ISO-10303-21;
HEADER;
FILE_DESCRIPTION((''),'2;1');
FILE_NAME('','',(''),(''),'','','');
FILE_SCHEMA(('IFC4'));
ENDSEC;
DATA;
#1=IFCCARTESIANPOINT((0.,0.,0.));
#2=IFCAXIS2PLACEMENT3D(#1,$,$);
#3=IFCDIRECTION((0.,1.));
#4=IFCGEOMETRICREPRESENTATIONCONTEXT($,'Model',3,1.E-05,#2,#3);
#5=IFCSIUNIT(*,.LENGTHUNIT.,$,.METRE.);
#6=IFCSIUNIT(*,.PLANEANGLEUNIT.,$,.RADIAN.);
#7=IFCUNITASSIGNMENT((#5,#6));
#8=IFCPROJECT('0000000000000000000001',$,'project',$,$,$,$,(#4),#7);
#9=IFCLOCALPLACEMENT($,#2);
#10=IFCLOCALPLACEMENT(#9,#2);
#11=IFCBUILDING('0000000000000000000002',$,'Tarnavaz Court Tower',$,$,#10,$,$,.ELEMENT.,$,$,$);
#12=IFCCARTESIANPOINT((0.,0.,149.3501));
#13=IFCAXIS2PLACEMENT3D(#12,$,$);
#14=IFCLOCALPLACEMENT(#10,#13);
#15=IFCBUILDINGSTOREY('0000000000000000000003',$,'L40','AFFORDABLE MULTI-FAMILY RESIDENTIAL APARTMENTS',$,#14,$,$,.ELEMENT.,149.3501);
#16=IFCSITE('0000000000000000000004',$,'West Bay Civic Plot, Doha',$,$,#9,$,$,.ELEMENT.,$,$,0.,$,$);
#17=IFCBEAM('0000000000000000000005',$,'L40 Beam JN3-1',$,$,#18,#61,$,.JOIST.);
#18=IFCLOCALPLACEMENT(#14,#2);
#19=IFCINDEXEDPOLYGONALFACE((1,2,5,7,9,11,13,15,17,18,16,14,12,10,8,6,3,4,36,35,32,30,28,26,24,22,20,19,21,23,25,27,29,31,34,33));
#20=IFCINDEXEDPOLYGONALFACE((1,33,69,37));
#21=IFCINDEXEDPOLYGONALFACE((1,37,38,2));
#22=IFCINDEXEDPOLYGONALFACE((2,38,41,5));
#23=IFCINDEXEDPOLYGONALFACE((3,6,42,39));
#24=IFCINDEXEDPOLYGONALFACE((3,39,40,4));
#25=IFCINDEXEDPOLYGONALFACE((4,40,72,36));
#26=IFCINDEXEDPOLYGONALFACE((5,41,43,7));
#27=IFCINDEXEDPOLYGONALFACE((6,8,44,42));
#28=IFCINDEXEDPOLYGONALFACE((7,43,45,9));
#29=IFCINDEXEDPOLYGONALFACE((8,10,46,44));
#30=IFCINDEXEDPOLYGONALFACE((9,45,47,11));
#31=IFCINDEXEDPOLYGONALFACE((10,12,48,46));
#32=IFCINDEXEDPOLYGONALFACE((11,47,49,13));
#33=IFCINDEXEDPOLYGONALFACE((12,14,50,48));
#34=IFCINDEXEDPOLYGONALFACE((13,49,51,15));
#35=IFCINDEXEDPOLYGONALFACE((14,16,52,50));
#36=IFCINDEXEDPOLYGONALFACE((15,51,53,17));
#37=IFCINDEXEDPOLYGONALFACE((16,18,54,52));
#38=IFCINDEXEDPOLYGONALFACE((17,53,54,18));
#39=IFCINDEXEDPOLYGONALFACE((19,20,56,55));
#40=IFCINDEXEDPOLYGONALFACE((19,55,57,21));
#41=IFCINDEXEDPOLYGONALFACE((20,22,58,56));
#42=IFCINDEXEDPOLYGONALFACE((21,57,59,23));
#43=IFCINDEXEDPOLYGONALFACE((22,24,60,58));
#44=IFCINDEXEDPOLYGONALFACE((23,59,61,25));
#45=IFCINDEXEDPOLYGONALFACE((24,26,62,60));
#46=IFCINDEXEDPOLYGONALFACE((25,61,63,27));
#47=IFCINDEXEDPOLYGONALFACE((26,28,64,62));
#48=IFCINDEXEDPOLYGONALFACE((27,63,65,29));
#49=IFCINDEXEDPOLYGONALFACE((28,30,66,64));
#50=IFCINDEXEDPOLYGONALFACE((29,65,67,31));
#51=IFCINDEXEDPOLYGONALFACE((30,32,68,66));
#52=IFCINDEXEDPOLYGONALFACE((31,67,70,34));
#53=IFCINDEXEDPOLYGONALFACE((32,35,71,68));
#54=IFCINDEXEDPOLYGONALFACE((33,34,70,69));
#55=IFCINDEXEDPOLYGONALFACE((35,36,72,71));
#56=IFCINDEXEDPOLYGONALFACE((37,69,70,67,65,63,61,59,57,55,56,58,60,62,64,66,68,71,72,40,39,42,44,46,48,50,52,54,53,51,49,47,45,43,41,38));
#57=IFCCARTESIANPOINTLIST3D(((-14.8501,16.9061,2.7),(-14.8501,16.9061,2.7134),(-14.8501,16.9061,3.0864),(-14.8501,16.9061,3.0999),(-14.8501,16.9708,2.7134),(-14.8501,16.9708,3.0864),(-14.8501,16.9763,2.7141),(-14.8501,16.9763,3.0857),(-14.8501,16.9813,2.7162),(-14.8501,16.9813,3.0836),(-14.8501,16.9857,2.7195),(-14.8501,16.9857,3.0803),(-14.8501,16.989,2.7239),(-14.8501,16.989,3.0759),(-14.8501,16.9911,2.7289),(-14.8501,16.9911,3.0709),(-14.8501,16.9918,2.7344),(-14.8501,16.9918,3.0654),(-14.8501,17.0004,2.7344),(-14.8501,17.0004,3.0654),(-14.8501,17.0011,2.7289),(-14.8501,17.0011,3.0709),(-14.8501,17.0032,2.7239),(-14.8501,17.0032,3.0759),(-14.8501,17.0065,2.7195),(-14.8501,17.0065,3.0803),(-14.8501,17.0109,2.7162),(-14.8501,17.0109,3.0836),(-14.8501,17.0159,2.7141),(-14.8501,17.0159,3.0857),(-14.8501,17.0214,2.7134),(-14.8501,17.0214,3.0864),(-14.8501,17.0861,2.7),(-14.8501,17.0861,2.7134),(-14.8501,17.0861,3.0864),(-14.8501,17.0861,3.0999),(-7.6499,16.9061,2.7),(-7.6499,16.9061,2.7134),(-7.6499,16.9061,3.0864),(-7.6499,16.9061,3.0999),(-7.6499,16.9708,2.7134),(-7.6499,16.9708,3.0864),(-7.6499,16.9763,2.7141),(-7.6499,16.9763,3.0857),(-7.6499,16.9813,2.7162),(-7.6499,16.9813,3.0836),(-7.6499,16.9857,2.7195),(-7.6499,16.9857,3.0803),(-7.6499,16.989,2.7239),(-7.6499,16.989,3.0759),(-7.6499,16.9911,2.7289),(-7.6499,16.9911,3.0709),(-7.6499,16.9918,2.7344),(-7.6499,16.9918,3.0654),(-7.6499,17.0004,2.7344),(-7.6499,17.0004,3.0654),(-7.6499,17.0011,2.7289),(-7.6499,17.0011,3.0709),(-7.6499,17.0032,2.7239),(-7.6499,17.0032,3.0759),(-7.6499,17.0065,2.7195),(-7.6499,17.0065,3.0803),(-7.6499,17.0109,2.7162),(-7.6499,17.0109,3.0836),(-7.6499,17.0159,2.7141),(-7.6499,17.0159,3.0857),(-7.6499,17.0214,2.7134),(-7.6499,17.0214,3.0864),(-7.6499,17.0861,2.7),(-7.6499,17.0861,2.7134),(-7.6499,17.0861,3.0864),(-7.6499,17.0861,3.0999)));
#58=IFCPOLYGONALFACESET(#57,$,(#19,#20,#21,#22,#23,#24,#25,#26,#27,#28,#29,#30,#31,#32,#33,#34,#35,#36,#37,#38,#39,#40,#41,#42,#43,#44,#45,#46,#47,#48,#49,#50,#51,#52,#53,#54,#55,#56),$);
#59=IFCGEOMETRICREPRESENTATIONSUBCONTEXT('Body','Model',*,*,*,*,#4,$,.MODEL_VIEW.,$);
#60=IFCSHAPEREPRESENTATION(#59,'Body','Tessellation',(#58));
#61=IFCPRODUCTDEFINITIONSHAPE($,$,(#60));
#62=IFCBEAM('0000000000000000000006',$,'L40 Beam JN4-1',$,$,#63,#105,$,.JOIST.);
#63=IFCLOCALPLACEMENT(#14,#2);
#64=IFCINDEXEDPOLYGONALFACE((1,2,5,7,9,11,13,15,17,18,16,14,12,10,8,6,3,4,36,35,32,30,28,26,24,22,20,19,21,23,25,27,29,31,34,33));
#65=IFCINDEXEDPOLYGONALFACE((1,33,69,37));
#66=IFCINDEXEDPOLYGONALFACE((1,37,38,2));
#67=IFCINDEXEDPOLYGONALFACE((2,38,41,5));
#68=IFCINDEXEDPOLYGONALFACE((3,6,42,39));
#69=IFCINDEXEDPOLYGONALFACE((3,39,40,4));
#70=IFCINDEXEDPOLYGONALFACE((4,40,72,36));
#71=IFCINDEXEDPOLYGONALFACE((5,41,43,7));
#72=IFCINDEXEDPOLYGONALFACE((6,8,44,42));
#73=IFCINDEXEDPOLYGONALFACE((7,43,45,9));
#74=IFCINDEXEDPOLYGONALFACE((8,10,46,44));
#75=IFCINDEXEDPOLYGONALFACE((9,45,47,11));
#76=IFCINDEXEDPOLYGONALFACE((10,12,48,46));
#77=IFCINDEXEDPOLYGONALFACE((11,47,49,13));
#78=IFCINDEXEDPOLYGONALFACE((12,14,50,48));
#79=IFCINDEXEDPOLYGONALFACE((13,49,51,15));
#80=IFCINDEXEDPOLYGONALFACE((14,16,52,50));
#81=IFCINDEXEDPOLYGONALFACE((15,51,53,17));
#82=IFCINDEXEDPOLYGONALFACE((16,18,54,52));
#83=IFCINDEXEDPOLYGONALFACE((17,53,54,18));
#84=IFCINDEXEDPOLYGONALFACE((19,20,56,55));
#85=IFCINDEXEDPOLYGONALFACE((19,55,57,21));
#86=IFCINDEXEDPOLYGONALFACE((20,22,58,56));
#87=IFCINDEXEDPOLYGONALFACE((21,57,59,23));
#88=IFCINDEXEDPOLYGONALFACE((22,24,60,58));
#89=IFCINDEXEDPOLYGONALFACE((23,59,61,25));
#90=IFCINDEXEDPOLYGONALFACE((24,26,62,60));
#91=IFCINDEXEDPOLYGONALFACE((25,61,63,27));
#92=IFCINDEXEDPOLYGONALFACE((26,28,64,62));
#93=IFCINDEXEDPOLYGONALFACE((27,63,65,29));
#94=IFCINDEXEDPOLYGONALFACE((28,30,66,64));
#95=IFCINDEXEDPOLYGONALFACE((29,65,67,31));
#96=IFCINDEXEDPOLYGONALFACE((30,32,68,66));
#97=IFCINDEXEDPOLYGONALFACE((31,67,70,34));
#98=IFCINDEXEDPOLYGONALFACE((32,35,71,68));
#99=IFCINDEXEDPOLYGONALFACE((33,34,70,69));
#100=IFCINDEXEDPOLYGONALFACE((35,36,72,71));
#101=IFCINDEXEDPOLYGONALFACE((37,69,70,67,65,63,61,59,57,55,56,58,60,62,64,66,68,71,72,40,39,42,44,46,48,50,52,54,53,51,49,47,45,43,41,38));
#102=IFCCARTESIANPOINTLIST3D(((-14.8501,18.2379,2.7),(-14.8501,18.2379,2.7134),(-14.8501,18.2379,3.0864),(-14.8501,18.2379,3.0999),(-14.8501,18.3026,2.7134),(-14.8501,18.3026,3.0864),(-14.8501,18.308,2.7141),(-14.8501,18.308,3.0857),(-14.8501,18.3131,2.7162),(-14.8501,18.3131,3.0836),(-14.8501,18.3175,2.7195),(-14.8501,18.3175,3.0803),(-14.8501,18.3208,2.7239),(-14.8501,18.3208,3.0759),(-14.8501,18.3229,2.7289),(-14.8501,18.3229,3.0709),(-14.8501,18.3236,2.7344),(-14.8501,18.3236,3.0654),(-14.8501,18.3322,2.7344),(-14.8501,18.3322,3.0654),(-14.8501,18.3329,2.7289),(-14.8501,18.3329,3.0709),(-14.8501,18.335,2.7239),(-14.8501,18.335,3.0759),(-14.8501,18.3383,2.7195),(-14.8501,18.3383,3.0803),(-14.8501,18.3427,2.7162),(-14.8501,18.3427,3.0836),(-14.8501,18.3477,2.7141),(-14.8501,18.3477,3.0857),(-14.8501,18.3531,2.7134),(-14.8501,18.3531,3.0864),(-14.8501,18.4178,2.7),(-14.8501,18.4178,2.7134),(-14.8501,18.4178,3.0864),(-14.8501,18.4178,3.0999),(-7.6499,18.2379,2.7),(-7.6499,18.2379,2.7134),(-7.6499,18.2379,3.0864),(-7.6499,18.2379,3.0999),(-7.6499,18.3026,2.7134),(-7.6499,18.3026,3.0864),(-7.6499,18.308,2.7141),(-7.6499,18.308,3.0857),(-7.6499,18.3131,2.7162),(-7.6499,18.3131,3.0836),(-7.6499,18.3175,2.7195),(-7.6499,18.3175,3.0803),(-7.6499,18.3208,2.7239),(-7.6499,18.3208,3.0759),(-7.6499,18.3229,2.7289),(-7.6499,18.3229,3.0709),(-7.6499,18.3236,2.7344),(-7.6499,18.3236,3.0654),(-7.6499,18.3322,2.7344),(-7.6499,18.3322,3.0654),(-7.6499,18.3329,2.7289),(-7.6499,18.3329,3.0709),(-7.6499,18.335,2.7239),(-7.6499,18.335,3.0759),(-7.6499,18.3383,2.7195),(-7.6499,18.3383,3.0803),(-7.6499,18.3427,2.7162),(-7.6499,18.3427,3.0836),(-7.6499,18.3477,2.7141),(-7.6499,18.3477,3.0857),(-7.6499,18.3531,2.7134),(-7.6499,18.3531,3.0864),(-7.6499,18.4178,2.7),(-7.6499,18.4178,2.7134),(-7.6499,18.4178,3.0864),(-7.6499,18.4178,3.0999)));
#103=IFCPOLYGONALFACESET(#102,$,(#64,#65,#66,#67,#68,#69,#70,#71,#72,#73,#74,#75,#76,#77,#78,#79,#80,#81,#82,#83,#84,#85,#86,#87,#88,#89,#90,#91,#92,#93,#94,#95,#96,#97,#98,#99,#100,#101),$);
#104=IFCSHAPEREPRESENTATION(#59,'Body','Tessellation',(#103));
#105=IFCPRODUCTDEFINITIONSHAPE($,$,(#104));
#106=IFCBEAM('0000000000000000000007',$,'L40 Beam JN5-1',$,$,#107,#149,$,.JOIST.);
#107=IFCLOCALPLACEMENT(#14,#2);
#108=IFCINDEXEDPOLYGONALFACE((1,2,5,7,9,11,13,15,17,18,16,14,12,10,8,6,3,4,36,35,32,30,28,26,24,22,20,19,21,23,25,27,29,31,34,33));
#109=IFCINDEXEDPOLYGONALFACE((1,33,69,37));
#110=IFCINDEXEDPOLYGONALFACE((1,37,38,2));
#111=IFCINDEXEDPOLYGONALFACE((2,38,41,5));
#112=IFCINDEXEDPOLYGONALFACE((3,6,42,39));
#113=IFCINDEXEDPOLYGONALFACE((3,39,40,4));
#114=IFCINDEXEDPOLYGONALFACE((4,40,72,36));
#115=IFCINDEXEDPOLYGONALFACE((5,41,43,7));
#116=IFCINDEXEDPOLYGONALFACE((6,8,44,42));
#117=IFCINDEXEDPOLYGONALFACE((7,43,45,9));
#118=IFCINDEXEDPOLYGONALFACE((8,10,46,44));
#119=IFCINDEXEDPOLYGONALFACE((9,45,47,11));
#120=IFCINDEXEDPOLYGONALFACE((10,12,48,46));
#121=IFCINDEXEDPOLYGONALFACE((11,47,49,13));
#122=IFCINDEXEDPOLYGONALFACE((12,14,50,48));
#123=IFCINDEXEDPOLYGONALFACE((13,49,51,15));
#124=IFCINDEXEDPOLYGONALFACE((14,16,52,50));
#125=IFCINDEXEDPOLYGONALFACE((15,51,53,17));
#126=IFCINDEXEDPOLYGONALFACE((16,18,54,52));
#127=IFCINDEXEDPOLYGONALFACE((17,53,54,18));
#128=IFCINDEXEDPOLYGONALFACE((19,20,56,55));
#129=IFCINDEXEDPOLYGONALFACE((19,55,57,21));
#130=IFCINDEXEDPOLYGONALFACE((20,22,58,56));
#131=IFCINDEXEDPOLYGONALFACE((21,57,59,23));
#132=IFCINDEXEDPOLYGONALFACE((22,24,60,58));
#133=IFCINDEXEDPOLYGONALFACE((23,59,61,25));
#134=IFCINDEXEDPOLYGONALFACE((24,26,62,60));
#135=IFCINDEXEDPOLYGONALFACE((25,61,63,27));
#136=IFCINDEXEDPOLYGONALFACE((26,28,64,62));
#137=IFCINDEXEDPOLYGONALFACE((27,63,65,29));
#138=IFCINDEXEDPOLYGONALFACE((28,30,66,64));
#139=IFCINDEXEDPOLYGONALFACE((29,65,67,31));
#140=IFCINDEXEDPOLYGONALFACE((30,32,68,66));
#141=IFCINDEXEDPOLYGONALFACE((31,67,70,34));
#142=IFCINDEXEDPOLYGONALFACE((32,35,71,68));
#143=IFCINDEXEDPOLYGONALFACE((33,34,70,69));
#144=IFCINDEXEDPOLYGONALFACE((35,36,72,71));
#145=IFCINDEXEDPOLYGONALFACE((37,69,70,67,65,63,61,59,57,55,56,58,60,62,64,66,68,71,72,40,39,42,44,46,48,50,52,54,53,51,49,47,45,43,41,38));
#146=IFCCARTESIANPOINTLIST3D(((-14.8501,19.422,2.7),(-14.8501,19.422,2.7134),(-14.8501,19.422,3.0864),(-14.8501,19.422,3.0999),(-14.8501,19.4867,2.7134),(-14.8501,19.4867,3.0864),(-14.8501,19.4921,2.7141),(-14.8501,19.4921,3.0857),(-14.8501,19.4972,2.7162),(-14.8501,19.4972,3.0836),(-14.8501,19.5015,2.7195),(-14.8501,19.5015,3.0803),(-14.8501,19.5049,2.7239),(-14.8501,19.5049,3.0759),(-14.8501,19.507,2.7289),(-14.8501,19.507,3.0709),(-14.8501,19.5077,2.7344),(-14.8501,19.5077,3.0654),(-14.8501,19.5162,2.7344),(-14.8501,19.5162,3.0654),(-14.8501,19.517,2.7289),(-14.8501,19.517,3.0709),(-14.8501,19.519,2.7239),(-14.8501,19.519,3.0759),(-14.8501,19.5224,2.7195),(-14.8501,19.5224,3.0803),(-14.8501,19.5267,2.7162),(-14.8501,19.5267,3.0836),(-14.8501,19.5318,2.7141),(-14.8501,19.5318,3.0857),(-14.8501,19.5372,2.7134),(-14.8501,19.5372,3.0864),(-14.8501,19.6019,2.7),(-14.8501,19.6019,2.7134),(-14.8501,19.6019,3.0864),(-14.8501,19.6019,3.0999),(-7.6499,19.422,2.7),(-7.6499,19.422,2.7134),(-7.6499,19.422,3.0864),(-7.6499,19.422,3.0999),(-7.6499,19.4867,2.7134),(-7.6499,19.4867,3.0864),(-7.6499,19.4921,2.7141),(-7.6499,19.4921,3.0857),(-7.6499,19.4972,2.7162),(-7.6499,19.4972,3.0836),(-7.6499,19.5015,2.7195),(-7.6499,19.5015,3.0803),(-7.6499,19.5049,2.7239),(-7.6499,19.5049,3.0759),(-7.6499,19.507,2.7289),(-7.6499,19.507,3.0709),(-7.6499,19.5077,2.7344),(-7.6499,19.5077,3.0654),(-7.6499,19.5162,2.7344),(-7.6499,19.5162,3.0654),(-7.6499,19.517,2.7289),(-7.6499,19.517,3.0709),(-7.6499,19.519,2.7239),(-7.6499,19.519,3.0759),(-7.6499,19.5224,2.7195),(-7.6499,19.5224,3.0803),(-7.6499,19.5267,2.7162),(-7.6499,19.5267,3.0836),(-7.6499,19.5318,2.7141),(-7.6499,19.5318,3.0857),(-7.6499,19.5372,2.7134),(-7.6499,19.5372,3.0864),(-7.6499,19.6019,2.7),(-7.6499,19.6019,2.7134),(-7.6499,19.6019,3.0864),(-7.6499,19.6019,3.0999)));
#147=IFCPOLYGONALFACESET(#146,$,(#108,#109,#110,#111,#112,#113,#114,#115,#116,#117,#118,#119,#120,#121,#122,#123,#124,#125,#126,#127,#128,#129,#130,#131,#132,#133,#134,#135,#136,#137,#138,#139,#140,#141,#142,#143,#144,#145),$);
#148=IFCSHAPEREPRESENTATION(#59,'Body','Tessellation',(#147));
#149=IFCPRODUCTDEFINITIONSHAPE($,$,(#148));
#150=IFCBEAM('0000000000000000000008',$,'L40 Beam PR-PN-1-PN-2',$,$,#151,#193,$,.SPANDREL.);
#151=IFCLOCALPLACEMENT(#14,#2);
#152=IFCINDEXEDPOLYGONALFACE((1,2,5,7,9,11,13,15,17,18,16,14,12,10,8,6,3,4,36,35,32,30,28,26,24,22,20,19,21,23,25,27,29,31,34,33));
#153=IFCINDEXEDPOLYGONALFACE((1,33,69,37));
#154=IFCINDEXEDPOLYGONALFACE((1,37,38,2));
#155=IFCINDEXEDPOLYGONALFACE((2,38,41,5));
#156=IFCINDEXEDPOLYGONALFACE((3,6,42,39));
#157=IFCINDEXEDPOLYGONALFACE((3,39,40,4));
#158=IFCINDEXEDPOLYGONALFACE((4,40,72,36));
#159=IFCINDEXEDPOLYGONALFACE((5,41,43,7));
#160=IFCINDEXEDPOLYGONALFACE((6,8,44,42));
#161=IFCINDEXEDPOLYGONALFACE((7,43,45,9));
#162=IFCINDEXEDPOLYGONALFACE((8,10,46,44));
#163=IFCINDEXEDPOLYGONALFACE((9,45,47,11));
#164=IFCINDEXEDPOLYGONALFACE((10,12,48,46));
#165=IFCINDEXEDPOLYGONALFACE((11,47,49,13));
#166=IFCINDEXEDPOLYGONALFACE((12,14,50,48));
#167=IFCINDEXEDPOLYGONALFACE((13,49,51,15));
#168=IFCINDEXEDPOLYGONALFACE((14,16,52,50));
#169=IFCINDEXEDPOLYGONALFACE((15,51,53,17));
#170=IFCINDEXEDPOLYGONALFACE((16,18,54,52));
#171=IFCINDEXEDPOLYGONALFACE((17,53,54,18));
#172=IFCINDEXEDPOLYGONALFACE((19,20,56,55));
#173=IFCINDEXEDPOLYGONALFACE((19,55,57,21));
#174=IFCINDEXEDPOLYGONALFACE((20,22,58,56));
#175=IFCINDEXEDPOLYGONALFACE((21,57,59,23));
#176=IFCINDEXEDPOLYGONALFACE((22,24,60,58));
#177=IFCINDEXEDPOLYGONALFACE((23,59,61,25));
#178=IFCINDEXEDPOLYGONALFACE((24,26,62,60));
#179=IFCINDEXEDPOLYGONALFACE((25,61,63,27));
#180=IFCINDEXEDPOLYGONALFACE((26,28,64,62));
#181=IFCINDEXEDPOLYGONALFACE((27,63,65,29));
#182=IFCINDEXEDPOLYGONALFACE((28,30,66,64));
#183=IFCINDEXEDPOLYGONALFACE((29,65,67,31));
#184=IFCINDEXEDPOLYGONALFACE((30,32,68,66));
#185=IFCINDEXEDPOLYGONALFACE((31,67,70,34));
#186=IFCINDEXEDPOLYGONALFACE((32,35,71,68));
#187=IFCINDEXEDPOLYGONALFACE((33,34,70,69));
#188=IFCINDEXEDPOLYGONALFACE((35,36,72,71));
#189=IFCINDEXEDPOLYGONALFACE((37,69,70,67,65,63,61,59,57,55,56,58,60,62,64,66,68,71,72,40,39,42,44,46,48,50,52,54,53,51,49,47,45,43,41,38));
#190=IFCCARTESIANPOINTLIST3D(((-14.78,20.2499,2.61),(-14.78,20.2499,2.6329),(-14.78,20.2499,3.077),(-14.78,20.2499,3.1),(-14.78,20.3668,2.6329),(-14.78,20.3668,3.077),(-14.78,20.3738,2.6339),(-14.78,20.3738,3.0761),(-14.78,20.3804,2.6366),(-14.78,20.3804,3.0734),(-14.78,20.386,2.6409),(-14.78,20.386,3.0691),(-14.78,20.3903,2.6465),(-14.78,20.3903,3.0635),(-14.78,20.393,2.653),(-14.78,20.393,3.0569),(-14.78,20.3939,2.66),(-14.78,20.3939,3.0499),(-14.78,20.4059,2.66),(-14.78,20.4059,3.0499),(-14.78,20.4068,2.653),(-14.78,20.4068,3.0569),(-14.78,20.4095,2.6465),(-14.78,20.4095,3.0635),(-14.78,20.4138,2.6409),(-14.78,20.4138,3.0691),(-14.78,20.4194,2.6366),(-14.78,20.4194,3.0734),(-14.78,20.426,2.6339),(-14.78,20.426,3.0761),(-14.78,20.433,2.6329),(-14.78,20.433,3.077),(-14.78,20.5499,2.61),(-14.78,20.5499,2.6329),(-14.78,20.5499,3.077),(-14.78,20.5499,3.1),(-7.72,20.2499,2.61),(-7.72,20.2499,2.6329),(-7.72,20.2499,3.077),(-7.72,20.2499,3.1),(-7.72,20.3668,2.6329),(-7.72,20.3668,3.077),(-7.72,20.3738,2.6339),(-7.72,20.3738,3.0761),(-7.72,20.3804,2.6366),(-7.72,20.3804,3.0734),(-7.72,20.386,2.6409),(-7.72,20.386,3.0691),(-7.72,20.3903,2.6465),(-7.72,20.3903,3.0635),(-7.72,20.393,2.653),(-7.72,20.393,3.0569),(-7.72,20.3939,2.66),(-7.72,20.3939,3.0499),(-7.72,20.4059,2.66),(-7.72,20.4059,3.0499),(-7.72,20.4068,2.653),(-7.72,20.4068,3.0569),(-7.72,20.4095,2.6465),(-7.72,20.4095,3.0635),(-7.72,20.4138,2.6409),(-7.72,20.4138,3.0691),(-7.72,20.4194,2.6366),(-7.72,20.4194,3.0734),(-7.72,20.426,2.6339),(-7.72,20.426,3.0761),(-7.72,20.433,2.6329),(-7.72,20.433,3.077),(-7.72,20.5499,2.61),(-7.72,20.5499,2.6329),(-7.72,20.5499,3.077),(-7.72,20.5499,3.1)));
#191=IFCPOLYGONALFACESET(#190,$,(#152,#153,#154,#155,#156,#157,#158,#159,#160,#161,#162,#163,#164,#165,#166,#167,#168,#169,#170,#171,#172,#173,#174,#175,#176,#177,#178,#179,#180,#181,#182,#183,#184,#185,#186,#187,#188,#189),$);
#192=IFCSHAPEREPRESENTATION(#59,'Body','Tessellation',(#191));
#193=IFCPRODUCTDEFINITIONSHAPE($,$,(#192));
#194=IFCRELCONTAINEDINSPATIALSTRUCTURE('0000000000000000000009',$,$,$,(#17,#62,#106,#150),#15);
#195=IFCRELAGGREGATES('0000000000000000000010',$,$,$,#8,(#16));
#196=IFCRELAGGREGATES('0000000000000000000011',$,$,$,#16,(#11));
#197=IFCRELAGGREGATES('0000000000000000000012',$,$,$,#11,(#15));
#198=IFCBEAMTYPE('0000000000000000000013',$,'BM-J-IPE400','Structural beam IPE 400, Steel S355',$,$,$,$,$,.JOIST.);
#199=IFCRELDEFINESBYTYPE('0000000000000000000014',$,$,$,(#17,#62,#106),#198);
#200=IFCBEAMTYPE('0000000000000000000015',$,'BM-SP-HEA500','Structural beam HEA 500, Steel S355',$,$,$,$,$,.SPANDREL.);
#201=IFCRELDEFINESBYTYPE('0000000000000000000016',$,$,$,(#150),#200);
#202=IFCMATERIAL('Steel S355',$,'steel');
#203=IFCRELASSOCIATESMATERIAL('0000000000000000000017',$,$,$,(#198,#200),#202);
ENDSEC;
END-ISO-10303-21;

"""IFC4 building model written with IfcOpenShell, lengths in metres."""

from ifc_helpers import new_model, si_unit, direction, frame, origin, origin_2d, place, context, subcontext, project, spatial, i_section, extrude, material, material_profile, profile_set, type_object, element, save


model = new_model("IFC4")

# Units and contexts
model_context = context("Model", 3, precision=1e-05, world=origin(), true_north=direction((0.0, 1.0)))
body_context = subcontext(model_context, "Body", "Model", "MODEL_VIEW")
ifc_project = project(units=[si_unit("LENGTHUNIT", "METRE"), si_unit("PLANEANGLEUNIT", "RADIAN")], contexts=[model_context])

# Site, building, storey
site_placement = place(None, origin())
site = spatial("IfcSite", under=ifc_project, at=site_placement, Name="West Bay Civic Plot, Doha", CompositionType="ELEMENT", RefElevation=0.0)
building_placement = place(site_placement, origin())
building = spatial("IfcBuilding", under=site, at=building_placement, Name="Tarnavaz Court Tower", CompositionType="ELEMENT")
storey_placement = place(building_placement, frame((0.0, 0.0, 149.3501)))
storey = spatial("IfcBuildingStorey", under=building, at=storey_placement, Name="L40", Description="AFFORDABLE MULTI-FAMILY RESIDENTIAL APARTMENTS", CompositionType="ELEMENT", Elevation=149.3501)

# Beams
ifc_material_1 = material(Name="Steel S355", Category="steel")
ifc_material_profile_1 = material_profile(ifc_material_1, i_section(OverallWidth=0.1799, OverallDepth=0.3999, WebThickness=0.0085, FlangeThickness=0.0134, FilletRadius=0.021, at=origin_2d()), Name="IPE 400")
ifc_profile_set_1 = profile_set([ifc_material_profile_1], Name="Steel S355")
beam_type_1 = type_object("IfcBeamType", Name="BM-J-IPE400", Description="Structural beam IPE 400, Steel S355", PredefinedType="JOIST", material=ifc_profile_set_1)
for number, where, z_axis, x_axis, name in (
    (1, (-14.8501, 16.9961, 2.8999), (1.0, 0.0, 0.0), (0.0, 1.0, 0.0), "L40 Beam JN3-1"),
    (2, (-14.8501, 18.3279, 2.8999), (1.0, 0.0, 0.0), (0.0, 1.0, 0.0), "L40 Beam JN4-1"),
    (3, (-14.8501, 19.512, 2.8999), (1.0, 0.0, 0.0), (0.0, 1.0, 0.0), "L40 Beam JN5-1"),
):
    element("IfcBeam", number, at=place(storey_placement, frame(where, z_axis=z_axis, x_axis=x_axis)), inside=storey, type_object=beam_type_1, Name=name, PredefinedType="JOIST", context=body_context, shape_type="SweptSolid", body=[
        extrude(i_section(OverallWidth=0.1799, OverallDepth=0.3999, WebThickness=0.0085, FlangeThickness=0.0134, FilletRadius=0.021, at=origin_2d()), origin(), (0.0, 0.0, 1.0), 7.2002),
    ])
ifc_material_profile_2 = material_profile(ifc_material_1, i_section(OverallWidth=0.3, OverallDepth=0.49, WebThickness=0.012, FlangeThickness=0.0229, FilletRadius=0.0271, at=origin_2d()), Name="HEA 500")
ifc_profile_set_2 = profile_set([ifc_material_profile_2], Name="Steel S355")
beam_type_2 = type_object("IfcBeamType", Name="BM-SP-HEA500", Description="Structural beam HEA 500, Steel S355", PredefinedType="SPANDREL", material=ifc_profile_set_2)
beam_1_placement = place(storey_placement, frame((-14.78, 20.3999, 2.855), z_axis=(1.0, 0.0, 0.0), x_axis=(0.0, 1.0, 0.0)))
element("IfcBeam", 4, at=beam_1_placement, inside=storey, type_object=beam_type_2, Name="L40 Beam PR-PN-1-PN-2", PredefinedType="SPANDREL", context=body_context, shape_type="SweptSolid", body=[
    extrude(i_section(OverallWidth=0.3, OverallDepth=0.49, WebThickness=0.012, FlangeThickness=0.0229, FilletRadius=0.0271, at=origin_2d()), origin(), (0.0, 0.0, 1.0), 7.0601),
])

save(model, "model.ifc")
